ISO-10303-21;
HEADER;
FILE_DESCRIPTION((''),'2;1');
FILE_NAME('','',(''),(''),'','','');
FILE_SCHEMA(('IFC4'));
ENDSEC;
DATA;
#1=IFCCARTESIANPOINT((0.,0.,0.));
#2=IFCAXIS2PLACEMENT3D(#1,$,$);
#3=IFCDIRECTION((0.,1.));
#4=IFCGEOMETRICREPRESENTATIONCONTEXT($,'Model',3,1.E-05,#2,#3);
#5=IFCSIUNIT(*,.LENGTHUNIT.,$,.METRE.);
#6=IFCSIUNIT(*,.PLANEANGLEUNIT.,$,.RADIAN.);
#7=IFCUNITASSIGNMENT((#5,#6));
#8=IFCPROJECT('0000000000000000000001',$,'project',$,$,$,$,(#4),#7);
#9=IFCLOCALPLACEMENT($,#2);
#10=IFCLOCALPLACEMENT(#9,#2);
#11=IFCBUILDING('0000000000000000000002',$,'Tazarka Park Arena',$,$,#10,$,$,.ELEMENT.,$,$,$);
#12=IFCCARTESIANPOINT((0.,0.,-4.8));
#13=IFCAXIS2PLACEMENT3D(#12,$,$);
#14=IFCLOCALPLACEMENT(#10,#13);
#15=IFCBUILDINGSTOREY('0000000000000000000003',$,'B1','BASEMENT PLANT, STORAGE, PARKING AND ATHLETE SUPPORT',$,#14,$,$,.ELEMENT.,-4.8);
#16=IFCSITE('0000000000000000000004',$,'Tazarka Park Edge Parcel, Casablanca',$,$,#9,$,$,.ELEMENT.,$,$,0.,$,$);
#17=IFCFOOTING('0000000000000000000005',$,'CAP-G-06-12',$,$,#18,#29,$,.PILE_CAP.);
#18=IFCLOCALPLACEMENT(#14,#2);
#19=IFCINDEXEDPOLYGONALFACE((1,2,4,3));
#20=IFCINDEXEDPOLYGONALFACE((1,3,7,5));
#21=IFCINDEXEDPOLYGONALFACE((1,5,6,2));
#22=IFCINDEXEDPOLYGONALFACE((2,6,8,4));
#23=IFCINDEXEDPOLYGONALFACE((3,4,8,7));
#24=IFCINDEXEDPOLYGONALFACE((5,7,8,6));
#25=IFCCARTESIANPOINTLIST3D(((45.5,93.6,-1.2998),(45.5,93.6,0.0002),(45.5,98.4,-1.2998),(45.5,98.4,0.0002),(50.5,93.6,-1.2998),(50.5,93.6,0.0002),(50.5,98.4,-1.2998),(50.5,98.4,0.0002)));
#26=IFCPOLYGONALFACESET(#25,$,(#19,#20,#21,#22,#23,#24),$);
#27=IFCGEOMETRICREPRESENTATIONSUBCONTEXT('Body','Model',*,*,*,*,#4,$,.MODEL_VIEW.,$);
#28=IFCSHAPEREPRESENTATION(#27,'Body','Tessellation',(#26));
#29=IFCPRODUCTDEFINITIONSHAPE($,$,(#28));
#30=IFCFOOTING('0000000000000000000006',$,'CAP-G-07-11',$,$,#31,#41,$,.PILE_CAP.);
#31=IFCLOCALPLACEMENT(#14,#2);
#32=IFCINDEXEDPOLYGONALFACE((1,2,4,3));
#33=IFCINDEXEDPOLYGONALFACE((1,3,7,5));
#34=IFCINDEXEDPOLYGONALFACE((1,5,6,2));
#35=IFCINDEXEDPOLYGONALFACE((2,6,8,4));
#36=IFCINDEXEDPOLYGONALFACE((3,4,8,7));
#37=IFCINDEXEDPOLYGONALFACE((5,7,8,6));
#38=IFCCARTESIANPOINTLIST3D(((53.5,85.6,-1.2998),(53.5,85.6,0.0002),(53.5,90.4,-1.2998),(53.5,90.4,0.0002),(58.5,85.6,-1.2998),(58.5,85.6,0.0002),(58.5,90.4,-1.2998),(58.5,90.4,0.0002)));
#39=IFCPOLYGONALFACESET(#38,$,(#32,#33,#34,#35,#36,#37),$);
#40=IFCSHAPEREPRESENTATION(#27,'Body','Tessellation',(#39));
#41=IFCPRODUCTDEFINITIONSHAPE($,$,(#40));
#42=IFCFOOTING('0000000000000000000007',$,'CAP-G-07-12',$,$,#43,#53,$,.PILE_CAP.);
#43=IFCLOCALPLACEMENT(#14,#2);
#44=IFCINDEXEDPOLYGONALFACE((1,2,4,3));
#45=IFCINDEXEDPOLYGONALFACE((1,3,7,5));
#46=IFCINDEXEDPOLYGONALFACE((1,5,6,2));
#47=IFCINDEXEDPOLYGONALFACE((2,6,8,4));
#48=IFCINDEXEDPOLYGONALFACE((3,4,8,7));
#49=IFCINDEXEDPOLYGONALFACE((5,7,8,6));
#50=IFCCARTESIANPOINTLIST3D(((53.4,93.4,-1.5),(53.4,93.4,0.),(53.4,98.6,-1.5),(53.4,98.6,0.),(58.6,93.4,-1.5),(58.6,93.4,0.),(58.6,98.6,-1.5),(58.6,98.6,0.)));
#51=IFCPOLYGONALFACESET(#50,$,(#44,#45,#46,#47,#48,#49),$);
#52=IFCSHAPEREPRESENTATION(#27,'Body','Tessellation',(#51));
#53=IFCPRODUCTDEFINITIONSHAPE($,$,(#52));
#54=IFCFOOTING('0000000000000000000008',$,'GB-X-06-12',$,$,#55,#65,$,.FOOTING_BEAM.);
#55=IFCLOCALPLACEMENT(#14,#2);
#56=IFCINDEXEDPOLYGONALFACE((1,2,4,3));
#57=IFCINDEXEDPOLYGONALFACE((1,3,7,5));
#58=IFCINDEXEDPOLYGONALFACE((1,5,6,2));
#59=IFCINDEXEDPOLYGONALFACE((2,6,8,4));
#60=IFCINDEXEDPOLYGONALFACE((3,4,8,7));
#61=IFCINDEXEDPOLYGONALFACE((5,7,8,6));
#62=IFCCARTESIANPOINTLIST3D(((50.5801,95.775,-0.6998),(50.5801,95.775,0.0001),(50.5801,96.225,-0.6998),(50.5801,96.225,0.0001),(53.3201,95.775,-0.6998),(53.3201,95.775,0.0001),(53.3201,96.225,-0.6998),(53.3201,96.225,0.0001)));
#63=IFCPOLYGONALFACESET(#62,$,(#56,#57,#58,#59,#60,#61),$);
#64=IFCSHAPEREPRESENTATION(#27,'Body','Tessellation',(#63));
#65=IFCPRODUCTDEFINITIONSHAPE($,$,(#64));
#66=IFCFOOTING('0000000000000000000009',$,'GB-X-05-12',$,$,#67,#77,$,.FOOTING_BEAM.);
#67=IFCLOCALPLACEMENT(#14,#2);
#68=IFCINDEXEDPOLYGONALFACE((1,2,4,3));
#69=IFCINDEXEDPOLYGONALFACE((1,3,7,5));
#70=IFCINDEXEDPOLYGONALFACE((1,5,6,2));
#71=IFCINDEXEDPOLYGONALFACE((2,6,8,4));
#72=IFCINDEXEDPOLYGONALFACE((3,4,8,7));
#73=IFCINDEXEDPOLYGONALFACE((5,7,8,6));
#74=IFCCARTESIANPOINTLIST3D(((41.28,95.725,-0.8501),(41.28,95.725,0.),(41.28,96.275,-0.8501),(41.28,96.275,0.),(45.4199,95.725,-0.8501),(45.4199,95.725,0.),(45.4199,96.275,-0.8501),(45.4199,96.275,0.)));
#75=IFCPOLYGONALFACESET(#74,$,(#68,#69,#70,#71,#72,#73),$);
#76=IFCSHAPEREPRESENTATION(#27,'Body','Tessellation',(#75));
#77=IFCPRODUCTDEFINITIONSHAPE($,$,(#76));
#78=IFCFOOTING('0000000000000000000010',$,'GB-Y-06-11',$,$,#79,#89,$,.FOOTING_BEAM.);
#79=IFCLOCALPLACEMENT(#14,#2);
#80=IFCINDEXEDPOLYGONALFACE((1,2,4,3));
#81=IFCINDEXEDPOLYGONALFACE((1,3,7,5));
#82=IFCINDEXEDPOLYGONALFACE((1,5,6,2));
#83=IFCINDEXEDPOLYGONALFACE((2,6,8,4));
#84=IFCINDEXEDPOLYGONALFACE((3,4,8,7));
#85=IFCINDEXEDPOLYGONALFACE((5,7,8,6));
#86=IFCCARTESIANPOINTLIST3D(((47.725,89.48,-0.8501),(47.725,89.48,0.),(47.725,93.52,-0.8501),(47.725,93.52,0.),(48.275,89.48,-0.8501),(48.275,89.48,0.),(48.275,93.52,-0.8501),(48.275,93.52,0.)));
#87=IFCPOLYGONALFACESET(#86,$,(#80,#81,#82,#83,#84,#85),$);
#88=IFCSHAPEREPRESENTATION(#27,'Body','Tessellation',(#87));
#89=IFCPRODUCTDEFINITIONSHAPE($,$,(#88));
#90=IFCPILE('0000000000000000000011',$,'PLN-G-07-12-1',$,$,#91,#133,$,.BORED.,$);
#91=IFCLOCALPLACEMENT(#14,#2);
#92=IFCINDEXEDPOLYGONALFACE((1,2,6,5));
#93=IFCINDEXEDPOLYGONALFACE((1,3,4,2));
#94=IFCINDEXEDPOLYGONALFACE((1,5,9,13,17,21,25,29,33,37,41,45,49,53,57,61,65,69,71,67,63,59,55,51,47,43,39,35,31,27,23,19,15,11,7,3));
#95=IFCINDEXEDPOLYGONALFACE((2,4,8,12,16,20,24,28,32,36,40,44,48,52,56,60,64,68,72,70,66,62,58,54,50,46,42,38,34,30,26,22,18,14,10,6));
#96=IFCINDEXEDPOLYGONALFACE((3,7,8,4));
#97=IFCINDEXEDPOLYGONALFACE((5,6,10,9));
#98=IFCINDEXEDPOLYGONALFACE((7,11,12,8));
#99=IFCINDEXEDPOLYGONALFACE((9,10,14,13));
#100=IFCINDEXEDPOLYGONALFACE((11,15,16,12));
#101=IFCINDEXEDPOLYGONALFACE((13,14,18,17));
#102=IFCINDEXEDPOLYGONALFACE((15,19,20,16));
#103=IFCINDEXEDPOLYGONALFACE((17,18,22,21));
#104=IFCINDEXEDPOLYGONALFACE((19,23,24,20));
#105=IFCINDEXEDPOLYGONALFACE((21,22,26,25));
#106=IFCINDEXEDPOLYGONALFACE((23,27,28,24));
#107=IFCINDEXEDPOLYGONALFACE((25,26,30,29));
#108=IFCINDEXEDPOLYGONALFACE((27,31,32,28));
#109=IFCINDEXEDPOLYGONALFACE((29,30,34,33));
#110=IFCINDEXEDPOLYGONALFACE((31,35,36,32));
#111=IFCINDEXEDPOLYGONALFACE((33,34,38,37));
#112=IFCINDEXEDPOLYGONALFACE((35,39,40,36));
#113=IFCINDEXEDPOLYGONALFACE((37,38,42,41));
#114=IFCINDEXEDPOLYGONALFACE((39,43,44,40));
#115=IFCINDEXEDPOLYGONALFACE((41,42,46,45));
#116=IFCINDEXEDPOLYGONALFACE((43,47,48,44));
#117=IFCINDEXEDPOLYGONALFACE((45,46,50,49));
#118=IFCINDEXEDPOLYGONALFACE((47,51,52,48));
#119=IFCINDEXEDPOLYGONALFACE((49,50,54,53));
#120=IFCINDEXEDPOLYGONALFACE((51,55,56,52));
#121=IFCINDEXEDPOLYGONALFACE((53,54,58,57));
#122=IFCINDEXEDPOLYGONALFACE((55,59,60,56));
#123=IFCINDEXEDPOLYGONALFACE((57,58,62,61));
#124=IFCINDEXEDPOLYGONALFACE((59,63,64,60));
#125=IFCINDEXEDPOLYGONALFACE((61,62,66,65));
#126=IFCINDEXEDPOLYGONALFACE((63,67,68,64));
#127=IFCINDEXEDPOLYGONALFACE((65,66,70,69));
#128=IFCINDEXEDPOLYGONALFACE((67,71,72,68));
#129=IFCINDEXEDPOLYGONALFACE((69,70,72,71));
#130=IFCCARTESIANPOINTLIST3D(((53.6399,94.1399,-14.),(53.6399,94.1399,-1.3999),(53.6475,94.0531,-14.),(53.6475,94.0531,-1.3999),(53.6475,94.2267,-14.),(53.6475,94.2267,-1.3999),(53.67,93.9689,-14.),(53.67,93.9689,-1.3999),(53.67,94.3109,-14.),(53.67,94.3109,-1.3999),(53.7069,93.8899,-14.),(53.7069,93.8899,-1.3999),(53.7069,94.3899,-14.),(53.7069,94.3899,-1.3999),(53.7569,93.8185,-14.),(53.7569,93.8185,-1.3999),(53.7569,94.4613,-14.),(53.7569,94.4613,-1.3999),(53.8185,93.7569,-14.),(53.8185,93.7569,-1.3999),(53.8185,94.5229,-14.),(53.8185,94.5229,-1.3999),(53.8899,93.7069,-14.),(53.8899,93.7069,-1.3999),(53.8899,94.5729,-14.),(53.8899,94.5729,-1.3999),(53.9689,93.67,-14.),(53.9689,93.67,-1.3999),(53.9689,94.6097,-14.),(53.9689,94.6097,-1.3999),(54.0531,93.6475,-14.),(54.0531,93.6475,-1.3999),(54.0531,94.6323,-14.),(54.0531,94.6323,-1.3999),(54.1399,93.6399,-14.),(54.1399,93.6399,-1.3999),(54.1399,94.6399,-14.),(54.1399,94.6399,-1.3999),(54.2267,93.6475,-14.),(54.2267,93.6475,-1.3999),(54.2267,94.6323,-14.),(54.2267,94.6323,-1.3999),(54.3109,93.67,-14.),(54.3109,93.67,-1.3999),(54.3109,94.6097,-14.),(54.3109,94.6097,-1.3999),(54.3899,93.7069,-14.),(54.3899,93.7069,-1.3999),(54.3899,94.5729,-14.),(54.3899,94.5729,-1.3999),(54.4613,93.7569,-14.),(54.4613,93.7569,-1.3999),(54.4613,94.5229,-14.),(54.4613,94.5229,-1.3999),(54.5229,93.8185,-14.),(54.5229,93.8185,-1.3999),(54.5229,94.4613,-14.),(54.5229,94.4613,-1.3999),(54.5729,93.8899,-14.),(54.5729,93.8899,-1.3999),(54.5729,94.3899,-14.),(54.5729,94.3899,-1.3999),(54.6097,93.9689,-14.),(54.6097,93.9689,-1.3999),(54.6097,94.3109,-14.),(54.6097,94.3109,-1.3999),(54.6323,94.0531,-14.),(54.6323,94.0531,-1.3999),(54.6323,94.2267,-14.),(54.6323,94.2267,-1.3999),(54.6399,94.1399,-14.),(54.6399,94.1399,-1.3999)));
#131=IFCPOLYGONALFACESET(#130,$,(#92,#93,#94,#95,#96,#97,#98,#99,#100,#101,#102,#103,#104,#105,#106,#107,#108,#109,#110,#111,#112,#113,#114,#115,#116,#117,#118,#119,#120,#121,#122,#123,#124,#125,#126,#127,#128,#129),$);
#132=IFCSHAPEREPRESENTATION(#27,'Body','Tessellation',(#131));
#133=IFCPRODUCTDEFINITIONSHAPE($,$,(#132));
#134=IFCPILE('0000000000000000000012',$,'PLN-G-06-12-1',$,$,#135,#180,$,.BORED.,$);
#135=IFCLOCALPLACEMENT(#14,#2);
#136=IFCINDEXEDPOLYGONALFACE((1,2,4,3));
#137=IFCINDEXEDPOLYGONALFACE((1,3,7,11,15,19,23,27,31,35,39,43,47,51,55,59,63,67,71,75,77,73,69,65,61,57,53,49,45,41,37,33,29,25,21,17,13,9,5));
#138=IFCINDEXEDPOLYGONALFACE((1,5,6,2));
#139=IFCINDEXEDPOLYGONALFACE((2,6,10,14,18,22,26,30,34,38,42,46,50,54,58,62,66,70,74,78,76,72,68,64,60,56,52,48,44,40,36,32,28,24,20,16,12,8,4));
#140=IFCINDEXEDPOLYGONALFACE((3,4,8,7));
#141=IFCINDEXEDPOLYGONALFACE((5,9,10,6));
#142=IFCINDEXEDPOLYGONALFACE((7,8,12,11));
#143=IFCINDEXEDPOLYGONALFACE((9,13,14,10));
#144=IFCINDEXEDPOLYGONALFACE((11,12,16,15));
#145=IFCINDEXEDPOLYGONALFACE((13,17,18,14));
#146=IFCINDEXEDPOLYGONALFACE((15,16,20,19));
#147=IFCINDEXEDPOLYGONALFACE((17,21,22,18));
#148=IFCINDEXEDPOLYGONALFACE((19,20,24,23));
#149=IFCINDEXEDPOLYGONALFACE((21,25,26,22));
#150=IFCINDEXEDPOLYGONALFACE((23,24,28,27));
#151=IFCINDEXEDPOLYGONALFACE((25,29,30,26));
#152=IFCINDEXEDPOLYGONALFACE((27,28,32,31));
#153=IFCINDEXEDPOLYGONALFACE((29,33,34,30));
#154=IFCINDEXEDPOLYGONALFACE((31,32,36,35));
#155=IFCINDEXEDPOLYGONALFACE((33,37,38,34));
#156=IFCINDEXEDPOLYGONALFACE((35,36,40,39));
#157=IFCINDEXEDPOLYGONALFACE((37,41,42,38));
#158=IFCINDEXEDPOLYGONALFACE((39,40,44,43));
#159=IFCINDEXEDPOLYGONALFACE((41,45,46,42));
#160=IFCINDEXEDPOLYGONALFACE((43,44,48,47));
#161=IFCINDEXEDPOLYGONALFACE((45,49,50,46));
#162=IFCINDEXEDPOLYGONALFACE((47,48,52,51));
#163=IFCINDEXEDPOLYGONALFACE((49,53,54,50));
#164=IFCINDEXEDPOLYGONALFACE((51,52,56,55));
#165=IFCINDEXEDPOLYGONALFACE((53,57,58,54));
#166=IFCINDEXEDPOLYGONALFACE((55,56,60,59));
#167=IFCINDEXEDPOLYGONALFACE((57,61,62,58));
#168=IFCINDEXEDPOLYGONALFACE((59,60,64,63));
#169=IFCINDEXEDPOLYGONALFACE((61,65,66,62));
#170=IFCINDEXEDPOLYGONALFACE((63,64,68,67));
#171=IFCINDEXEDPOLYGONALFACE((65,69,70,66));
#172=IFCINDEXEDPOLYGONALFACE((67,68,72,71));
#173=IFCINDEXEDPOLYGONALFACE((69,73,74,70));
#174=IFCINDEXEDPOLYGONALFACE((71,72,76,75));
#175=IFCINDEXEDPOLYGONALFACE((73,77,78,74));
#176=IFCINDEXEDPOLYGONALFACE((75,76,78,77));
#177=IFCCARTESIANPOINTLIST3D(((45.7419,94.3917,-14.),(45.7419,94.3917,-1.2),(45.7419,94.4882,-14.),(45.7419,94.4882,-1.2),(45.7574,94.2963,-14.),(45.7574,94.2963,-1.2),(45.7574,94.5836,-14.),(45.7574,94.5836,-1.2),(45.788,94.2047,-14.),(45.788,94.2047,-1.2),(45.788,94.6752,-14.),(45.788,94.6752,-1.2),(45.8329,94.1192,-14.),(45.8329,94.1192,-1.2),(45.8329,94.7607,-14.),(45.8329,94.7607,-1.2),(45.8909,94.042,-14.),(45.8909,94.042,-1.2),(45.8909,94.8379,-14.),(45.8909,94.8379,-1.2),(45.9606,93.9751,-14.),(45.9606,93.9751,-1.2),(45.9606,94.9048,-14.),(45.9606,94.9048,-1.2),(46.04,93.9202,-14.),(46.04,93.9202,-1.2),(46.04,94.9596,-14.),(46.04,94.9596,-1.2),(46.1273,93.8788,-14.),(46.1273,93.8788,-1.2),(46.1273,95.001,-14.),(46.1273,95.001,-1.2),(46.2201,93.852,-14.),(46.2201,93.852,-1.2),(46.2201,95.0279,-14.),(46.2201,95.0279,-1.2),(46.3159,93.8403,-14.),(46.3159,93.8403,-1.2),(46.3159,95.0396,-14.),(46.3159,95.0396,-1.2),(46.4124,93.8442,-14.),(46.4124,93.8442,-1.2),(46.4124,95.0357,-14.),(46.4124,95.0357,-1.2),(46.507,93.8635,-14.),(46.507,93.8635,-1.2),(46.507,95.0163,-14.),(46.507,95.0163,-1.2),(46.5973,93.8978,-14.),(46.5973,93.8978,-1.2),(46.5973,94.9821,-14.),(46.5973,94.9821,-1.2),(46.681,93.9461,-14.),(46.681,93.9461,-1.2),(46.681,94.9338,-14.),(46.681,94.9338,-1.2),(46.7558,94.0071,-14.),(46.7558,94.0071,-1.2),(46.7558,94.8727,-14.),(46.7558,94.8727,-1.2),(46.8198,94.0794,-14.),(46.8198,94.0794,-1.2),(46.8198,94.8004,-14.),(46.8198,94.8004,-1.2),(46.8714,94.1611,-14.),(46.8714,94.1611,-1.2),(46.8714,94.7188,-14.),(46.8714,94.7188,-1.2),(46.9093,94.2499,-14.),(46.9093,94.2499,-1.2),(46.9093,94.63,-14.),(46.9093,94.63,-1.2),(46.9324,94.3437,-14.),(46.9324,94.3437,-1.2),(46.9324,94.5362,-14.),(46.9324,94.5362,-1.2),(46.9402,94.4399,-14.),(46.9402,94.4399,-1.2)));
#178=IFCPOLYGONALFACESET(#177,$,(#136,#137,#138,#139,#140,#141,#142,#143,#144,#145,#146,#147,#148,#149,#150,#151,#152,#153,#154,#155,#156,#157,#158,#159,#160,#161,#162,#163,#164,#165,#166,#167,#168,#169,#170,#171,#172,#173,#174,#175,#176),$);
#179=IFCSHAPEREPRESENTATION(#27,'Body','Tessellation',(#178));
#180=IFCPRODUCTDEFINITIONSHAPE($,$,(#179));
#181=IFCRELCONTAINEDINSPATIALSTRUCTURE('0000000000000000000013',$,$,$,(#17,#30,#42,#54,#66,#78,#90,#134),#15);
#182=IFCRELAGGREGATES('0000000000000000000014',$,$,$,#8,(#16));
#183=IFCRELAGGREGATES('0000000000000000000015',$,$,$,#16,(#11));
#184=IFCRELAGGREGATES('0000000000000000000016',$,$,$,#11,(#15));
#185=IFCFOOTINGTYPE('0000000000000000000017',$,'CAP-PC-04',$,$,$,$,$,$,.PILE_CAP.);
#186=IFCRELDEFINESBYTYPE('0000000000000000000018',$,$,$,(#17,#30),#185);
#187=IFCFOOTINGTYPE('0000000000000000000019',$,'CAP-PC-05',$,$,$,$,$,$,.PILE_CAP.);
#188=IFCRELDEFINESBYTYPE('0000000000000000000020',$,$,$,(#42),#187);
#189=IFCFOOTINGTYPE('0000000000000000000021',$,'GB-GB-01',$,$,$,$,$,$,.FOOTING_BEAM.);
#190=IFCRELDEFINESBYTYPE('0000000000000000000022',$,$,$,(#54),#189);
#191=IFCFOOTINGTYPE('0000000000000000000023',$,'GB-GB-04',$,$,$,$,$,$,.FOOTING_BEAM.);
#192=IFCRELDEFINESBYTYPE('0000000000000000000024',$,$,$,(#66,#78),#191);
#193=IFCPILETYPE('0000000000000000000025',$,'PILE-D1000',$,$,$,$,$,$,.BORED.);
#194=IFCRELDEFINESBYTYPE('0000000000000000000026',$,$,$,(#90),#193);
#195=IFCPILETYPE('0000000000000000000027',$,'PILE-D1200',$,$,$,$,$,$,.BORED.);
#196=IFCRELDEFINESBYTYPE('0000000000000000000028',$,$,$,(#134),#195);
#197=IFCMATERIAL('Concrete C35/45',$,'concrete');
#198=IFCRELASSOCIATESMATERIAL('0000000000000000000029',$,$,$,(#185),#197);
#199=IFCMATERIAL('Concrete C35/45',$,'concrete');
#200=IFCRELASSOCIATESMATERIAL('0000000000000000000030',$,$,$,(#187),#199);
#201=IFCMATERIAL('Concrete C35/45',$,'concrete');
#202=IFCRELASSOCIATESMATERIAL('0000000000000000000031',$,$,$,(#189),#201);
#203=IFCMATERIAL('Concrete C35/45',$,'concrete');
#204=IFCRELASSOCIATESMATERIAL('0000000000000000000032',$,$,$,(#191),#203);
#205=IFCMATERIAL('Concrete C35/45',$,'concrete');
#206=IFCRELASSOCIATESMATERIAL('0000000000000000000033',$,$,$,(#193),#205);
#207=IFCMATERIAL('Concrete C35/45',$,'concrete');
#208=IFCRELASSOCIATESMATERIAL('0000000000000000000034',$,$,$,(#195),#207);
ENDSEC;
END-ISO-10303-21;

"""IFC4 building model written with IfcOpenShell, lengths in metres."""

from ifc_helpers import new_model, si_unit, direction, frame, origin, origin_2d, place, context, subcontext, project, spatial, rectangle, circle, extrude, material, material_profile, profile_set, type_object, element, save


model = new_model("IFC4")

# Units and contexts
model_context = context("Model", 3, precision=1e-05, world=origin(), true_north=direction((0.0, 1.0)))
body_context = subcontext(model_context, "Body", "Model", "MODEL_VIEW")
ifc_project = project(units=[si_unit("LENGTHUNIT", "METRE"), si_unit("PLANEANGLEUNIT", "RADIAN")], contexts=[model_context])

# Site, building, storey
site_placement = place(None, origin())
site = spatial("IfcSite", under=ifc_project, at=site_placement, Name="Tazarka Park Edge Parcel, Casablanca", CompositionType="ELEMENT", RefElevation=0.0)
building_placement = place(site_placement, origin())
building = spatial("IfcBuilding", under=site, at=building_placement, Name="Tazarka Park Arena", CompositionType="ELEMENT")
storey_placement = place(building_placement, frame((0.0, 0.0, -4.8)))
storey = spatial("IfcBuildingStorey", under=building, at=storey_placement, Name="B1", Description="BASEMENT PLANT, STORAGE, PARKING AND ATHLETE SUPPORT", CompositionType="ELEMENT", Elevation=-4.8)

# Footings
ifc_material_1 = material(Name="Concrete C35/45", Category="concrete")
footing_type_1 = type_object("IfcFootingType", Name="CAP-PC-04", PredefinedType="PILE_CAP", material=ifc_material_1)
for number, where, z_axis, x_axis, name in (
    (1, (48.0, 96.0, -1.2998), (0.0, 0.0, 1.0), (1.0, 0.0, 0.0), "CAP-G-06-12"),
    (2, (56.0, 88.0, -1.2998), (0.0, 0.0, 1.0), (1.0, 0.0, 0.0), "CAP-G-07-11"),
):
    element("IfcFooting", number, at=place(storey_placement, frame(where, z_axis=z_axis, x_axis=x_axis)), inside=storey, type_object=footing_type_1, Name=name, PredefinedType="PILE_CAP", context=body_context, shape_type="SweptSolid", body=[
        extrude(rectangle(XDim=5.0, YDim=4.8, at=origin_2d()), origin(), (0.0, 0.0, 1.0), 1.3),
    ])
ifc_material_2 = material(Name="Concrete C35/45", Category="concrete")
footing_type_2 = type_object("IfcFootingType", Name="CAP-PC-05", PredefinedType="PILE_CAP", material=ifc_material_2)
footing_1_placement = place(storey_placement, frame((56.0, 96.0, -1.5), z_axis=(0.0, 0.0, 1.0), x_axis=(1.0, 0.0, 0.0)))
element("IfcFooting", 3, at=footing_1_placement, inside=storey, type_object=footing_type_2, Name="CAP-G-07-12", PredefinedType="PILE_CAP", context=body_context, shape_type="SweptSolid", body=[
    extrude(rectangle(XDim=5.2, YDim=5.2, at=origin_2d()), origin(), (0.0, 0.0, 1.0), 1.5),
])
ifc_material_3 = material(Name="Concrete C35/45", Category="concrete")
ifc_material_profile_1 = material_profile(ifc_material_3, rectangle(XDim=0.45, YDim=0.7, at=origin_2d()), Name="Concrete C35/45")
ifc_profile_set_1 = profile_set([ifc_material_profile_1], Name="Concrete C35/45")
footing_type_3 = type_object("IfcFootingType", Name="GB-GB-01", PredefinedType="FOOTING_BEAM", material=ifc_profile_set_1)
footing_2_placement = place(storey_placement, frame((50.5801, 96.0, -0.3499), z_axis=(1.0, 0.0, 0.0), x_axis=(0.0, 1.0, 0.0)))
element("IfcFooting", 4, at=footing_2_placement, inside=storey, type_object=footing_type_3, Name="GB-X-06-12", PredefinedType="FOOTING_BEAM", context=body_context, shape_type="SweptSolid", body=[
    extrude(rectangle(XDim=0.45, YDim=0.7, at=origin_2d()), origin(), (0.0, 0.0, 1.0), 2.74),
])
ifc_material_4 = material(Name="Concrete C35/45", Category="concrete")
ifc_material_profile_2 = material_profile(ifc_material_4, rectangle(XDim=0.55, YDim=0.8501, at=origin_2d()), Name="Concrete C35/45")
ifc_profile_set_2 = profile_set([ifc_material_profile_2], Name="Concrete C35/45")
footing_type_4 = type_object("IfcFootingType", Name="GB-GB-04", PredefinedType="FOOTING_BEAM", material=ifc_profile_set_2)
footing_3_placement = place(storey_placement, frame((41.28, 96.0, -0.425), z_axis=(1.0, 0.0, 0.0), x_axis=(0.0, 1.0, 0.0)))
element("IfcFooting", 5, at=footing_3_placement, inside=storey, type_object=footing_type_4, Name="GB-X-05-12", PredefinedType="FOOTING_BEAM", context=body_context, shape_type="SweptSolid", body=[
    extrude(rectangle(XDim=0.55, YDim=0.8501, at=origin_2d()), origin(), (0.0, 0.0, 1.0), 4.1399),
])
footing_4_placement = place(storey_placement, frame((48.0, 89.48, -0.425), z_axis=(0.0, 1.0, 0.0), x_axis=(-1.0, 0.0, 0.0)))
element("IfcFooting", 6, at=footing_4_placement, inside=storey, type_object=footing_type_4, Name="GB-Y-06-11", PredefinedType="FOOTING_BEAM", context=body_context, shape_type="SweptSolid", body=[
    extrude(rectangle(XDim=0.55, YDim=0.8501, at=origin_2d()), origin(), (0.0, 0.0, 1.0), 4.04),
])

# Piles
ifc_material_5 = material(Name="Concrete C35/45", Category="concrete")
ifc_material_profile_3 = material_profile(ifc_material_5, circle(Radius=0.5, at=origin_2d()), Name="Concrete C35/45")
ifc_profile_set_3 = profile_set([ifc_material_profile_3], Name="Concrete C35/45")
pile_type_1 = type_object("IfcPileType", Name="PILE-D1000", PredefinedType="BORED", material=ifc_profile_set_3)
pile_placement = place(storey_placement, frame((54.1399, 94.1399, -1.3999), z_axis=(0.0, 0.0, -1.0), x_axis=(1.0, 0.0, 0.0)))
element("IfcPile", 7, at=pile_placement, inside=storey, type_object=pile_type_1, Name="PLN-G-07-12-1", PredefinedType="BORED", context=body_context, shape_type="SweptSolid", body=[
    extrude(circle(Radius=0.5, at=origin_2d()), origin(), (0.0, 0.0, 1.0), 12.6001),
])
ifc_material_6 = material(Name="Concrete C35/45", Category="concrete")
ifc_material_profile_4 = material_profile(ifc_material_6, circle(Radius=0.6001, at=origin_2d()), Name="Concrete C35/45")
ifc_profile_set_4 = profile_set([ifc_material_profile_4], Name="Concrete C35/45")
pile_type_2 = type_object("IfcPileType", Name="PILE-D1200", PredefinedType="BORED", material=ifc_profile_set_4)
for number, where, z_axis, x_axis, name in (
    (8, (46.3401, 94.4399, -1.2), (0.0, 0.0, -1.0), (1.0, 0.0, 0.0), "PLN-G-06-12-1"),
):
    element("IfcPile", number, at=place(storey_placement, frame(where, z_axis=z_axis, x_axis=x_axis)), inside=storey, type_object=pile_type_2, Name=name, PredefinedType="BORED", context=body_context, shape_type="SweptSolid", body=[
        extrude(circle(Radius=0.6001, at=origin_2d()), origin(), (0.0, 0.0, 1.0), 12.8),
    ])

save(model, "model.ifc")
